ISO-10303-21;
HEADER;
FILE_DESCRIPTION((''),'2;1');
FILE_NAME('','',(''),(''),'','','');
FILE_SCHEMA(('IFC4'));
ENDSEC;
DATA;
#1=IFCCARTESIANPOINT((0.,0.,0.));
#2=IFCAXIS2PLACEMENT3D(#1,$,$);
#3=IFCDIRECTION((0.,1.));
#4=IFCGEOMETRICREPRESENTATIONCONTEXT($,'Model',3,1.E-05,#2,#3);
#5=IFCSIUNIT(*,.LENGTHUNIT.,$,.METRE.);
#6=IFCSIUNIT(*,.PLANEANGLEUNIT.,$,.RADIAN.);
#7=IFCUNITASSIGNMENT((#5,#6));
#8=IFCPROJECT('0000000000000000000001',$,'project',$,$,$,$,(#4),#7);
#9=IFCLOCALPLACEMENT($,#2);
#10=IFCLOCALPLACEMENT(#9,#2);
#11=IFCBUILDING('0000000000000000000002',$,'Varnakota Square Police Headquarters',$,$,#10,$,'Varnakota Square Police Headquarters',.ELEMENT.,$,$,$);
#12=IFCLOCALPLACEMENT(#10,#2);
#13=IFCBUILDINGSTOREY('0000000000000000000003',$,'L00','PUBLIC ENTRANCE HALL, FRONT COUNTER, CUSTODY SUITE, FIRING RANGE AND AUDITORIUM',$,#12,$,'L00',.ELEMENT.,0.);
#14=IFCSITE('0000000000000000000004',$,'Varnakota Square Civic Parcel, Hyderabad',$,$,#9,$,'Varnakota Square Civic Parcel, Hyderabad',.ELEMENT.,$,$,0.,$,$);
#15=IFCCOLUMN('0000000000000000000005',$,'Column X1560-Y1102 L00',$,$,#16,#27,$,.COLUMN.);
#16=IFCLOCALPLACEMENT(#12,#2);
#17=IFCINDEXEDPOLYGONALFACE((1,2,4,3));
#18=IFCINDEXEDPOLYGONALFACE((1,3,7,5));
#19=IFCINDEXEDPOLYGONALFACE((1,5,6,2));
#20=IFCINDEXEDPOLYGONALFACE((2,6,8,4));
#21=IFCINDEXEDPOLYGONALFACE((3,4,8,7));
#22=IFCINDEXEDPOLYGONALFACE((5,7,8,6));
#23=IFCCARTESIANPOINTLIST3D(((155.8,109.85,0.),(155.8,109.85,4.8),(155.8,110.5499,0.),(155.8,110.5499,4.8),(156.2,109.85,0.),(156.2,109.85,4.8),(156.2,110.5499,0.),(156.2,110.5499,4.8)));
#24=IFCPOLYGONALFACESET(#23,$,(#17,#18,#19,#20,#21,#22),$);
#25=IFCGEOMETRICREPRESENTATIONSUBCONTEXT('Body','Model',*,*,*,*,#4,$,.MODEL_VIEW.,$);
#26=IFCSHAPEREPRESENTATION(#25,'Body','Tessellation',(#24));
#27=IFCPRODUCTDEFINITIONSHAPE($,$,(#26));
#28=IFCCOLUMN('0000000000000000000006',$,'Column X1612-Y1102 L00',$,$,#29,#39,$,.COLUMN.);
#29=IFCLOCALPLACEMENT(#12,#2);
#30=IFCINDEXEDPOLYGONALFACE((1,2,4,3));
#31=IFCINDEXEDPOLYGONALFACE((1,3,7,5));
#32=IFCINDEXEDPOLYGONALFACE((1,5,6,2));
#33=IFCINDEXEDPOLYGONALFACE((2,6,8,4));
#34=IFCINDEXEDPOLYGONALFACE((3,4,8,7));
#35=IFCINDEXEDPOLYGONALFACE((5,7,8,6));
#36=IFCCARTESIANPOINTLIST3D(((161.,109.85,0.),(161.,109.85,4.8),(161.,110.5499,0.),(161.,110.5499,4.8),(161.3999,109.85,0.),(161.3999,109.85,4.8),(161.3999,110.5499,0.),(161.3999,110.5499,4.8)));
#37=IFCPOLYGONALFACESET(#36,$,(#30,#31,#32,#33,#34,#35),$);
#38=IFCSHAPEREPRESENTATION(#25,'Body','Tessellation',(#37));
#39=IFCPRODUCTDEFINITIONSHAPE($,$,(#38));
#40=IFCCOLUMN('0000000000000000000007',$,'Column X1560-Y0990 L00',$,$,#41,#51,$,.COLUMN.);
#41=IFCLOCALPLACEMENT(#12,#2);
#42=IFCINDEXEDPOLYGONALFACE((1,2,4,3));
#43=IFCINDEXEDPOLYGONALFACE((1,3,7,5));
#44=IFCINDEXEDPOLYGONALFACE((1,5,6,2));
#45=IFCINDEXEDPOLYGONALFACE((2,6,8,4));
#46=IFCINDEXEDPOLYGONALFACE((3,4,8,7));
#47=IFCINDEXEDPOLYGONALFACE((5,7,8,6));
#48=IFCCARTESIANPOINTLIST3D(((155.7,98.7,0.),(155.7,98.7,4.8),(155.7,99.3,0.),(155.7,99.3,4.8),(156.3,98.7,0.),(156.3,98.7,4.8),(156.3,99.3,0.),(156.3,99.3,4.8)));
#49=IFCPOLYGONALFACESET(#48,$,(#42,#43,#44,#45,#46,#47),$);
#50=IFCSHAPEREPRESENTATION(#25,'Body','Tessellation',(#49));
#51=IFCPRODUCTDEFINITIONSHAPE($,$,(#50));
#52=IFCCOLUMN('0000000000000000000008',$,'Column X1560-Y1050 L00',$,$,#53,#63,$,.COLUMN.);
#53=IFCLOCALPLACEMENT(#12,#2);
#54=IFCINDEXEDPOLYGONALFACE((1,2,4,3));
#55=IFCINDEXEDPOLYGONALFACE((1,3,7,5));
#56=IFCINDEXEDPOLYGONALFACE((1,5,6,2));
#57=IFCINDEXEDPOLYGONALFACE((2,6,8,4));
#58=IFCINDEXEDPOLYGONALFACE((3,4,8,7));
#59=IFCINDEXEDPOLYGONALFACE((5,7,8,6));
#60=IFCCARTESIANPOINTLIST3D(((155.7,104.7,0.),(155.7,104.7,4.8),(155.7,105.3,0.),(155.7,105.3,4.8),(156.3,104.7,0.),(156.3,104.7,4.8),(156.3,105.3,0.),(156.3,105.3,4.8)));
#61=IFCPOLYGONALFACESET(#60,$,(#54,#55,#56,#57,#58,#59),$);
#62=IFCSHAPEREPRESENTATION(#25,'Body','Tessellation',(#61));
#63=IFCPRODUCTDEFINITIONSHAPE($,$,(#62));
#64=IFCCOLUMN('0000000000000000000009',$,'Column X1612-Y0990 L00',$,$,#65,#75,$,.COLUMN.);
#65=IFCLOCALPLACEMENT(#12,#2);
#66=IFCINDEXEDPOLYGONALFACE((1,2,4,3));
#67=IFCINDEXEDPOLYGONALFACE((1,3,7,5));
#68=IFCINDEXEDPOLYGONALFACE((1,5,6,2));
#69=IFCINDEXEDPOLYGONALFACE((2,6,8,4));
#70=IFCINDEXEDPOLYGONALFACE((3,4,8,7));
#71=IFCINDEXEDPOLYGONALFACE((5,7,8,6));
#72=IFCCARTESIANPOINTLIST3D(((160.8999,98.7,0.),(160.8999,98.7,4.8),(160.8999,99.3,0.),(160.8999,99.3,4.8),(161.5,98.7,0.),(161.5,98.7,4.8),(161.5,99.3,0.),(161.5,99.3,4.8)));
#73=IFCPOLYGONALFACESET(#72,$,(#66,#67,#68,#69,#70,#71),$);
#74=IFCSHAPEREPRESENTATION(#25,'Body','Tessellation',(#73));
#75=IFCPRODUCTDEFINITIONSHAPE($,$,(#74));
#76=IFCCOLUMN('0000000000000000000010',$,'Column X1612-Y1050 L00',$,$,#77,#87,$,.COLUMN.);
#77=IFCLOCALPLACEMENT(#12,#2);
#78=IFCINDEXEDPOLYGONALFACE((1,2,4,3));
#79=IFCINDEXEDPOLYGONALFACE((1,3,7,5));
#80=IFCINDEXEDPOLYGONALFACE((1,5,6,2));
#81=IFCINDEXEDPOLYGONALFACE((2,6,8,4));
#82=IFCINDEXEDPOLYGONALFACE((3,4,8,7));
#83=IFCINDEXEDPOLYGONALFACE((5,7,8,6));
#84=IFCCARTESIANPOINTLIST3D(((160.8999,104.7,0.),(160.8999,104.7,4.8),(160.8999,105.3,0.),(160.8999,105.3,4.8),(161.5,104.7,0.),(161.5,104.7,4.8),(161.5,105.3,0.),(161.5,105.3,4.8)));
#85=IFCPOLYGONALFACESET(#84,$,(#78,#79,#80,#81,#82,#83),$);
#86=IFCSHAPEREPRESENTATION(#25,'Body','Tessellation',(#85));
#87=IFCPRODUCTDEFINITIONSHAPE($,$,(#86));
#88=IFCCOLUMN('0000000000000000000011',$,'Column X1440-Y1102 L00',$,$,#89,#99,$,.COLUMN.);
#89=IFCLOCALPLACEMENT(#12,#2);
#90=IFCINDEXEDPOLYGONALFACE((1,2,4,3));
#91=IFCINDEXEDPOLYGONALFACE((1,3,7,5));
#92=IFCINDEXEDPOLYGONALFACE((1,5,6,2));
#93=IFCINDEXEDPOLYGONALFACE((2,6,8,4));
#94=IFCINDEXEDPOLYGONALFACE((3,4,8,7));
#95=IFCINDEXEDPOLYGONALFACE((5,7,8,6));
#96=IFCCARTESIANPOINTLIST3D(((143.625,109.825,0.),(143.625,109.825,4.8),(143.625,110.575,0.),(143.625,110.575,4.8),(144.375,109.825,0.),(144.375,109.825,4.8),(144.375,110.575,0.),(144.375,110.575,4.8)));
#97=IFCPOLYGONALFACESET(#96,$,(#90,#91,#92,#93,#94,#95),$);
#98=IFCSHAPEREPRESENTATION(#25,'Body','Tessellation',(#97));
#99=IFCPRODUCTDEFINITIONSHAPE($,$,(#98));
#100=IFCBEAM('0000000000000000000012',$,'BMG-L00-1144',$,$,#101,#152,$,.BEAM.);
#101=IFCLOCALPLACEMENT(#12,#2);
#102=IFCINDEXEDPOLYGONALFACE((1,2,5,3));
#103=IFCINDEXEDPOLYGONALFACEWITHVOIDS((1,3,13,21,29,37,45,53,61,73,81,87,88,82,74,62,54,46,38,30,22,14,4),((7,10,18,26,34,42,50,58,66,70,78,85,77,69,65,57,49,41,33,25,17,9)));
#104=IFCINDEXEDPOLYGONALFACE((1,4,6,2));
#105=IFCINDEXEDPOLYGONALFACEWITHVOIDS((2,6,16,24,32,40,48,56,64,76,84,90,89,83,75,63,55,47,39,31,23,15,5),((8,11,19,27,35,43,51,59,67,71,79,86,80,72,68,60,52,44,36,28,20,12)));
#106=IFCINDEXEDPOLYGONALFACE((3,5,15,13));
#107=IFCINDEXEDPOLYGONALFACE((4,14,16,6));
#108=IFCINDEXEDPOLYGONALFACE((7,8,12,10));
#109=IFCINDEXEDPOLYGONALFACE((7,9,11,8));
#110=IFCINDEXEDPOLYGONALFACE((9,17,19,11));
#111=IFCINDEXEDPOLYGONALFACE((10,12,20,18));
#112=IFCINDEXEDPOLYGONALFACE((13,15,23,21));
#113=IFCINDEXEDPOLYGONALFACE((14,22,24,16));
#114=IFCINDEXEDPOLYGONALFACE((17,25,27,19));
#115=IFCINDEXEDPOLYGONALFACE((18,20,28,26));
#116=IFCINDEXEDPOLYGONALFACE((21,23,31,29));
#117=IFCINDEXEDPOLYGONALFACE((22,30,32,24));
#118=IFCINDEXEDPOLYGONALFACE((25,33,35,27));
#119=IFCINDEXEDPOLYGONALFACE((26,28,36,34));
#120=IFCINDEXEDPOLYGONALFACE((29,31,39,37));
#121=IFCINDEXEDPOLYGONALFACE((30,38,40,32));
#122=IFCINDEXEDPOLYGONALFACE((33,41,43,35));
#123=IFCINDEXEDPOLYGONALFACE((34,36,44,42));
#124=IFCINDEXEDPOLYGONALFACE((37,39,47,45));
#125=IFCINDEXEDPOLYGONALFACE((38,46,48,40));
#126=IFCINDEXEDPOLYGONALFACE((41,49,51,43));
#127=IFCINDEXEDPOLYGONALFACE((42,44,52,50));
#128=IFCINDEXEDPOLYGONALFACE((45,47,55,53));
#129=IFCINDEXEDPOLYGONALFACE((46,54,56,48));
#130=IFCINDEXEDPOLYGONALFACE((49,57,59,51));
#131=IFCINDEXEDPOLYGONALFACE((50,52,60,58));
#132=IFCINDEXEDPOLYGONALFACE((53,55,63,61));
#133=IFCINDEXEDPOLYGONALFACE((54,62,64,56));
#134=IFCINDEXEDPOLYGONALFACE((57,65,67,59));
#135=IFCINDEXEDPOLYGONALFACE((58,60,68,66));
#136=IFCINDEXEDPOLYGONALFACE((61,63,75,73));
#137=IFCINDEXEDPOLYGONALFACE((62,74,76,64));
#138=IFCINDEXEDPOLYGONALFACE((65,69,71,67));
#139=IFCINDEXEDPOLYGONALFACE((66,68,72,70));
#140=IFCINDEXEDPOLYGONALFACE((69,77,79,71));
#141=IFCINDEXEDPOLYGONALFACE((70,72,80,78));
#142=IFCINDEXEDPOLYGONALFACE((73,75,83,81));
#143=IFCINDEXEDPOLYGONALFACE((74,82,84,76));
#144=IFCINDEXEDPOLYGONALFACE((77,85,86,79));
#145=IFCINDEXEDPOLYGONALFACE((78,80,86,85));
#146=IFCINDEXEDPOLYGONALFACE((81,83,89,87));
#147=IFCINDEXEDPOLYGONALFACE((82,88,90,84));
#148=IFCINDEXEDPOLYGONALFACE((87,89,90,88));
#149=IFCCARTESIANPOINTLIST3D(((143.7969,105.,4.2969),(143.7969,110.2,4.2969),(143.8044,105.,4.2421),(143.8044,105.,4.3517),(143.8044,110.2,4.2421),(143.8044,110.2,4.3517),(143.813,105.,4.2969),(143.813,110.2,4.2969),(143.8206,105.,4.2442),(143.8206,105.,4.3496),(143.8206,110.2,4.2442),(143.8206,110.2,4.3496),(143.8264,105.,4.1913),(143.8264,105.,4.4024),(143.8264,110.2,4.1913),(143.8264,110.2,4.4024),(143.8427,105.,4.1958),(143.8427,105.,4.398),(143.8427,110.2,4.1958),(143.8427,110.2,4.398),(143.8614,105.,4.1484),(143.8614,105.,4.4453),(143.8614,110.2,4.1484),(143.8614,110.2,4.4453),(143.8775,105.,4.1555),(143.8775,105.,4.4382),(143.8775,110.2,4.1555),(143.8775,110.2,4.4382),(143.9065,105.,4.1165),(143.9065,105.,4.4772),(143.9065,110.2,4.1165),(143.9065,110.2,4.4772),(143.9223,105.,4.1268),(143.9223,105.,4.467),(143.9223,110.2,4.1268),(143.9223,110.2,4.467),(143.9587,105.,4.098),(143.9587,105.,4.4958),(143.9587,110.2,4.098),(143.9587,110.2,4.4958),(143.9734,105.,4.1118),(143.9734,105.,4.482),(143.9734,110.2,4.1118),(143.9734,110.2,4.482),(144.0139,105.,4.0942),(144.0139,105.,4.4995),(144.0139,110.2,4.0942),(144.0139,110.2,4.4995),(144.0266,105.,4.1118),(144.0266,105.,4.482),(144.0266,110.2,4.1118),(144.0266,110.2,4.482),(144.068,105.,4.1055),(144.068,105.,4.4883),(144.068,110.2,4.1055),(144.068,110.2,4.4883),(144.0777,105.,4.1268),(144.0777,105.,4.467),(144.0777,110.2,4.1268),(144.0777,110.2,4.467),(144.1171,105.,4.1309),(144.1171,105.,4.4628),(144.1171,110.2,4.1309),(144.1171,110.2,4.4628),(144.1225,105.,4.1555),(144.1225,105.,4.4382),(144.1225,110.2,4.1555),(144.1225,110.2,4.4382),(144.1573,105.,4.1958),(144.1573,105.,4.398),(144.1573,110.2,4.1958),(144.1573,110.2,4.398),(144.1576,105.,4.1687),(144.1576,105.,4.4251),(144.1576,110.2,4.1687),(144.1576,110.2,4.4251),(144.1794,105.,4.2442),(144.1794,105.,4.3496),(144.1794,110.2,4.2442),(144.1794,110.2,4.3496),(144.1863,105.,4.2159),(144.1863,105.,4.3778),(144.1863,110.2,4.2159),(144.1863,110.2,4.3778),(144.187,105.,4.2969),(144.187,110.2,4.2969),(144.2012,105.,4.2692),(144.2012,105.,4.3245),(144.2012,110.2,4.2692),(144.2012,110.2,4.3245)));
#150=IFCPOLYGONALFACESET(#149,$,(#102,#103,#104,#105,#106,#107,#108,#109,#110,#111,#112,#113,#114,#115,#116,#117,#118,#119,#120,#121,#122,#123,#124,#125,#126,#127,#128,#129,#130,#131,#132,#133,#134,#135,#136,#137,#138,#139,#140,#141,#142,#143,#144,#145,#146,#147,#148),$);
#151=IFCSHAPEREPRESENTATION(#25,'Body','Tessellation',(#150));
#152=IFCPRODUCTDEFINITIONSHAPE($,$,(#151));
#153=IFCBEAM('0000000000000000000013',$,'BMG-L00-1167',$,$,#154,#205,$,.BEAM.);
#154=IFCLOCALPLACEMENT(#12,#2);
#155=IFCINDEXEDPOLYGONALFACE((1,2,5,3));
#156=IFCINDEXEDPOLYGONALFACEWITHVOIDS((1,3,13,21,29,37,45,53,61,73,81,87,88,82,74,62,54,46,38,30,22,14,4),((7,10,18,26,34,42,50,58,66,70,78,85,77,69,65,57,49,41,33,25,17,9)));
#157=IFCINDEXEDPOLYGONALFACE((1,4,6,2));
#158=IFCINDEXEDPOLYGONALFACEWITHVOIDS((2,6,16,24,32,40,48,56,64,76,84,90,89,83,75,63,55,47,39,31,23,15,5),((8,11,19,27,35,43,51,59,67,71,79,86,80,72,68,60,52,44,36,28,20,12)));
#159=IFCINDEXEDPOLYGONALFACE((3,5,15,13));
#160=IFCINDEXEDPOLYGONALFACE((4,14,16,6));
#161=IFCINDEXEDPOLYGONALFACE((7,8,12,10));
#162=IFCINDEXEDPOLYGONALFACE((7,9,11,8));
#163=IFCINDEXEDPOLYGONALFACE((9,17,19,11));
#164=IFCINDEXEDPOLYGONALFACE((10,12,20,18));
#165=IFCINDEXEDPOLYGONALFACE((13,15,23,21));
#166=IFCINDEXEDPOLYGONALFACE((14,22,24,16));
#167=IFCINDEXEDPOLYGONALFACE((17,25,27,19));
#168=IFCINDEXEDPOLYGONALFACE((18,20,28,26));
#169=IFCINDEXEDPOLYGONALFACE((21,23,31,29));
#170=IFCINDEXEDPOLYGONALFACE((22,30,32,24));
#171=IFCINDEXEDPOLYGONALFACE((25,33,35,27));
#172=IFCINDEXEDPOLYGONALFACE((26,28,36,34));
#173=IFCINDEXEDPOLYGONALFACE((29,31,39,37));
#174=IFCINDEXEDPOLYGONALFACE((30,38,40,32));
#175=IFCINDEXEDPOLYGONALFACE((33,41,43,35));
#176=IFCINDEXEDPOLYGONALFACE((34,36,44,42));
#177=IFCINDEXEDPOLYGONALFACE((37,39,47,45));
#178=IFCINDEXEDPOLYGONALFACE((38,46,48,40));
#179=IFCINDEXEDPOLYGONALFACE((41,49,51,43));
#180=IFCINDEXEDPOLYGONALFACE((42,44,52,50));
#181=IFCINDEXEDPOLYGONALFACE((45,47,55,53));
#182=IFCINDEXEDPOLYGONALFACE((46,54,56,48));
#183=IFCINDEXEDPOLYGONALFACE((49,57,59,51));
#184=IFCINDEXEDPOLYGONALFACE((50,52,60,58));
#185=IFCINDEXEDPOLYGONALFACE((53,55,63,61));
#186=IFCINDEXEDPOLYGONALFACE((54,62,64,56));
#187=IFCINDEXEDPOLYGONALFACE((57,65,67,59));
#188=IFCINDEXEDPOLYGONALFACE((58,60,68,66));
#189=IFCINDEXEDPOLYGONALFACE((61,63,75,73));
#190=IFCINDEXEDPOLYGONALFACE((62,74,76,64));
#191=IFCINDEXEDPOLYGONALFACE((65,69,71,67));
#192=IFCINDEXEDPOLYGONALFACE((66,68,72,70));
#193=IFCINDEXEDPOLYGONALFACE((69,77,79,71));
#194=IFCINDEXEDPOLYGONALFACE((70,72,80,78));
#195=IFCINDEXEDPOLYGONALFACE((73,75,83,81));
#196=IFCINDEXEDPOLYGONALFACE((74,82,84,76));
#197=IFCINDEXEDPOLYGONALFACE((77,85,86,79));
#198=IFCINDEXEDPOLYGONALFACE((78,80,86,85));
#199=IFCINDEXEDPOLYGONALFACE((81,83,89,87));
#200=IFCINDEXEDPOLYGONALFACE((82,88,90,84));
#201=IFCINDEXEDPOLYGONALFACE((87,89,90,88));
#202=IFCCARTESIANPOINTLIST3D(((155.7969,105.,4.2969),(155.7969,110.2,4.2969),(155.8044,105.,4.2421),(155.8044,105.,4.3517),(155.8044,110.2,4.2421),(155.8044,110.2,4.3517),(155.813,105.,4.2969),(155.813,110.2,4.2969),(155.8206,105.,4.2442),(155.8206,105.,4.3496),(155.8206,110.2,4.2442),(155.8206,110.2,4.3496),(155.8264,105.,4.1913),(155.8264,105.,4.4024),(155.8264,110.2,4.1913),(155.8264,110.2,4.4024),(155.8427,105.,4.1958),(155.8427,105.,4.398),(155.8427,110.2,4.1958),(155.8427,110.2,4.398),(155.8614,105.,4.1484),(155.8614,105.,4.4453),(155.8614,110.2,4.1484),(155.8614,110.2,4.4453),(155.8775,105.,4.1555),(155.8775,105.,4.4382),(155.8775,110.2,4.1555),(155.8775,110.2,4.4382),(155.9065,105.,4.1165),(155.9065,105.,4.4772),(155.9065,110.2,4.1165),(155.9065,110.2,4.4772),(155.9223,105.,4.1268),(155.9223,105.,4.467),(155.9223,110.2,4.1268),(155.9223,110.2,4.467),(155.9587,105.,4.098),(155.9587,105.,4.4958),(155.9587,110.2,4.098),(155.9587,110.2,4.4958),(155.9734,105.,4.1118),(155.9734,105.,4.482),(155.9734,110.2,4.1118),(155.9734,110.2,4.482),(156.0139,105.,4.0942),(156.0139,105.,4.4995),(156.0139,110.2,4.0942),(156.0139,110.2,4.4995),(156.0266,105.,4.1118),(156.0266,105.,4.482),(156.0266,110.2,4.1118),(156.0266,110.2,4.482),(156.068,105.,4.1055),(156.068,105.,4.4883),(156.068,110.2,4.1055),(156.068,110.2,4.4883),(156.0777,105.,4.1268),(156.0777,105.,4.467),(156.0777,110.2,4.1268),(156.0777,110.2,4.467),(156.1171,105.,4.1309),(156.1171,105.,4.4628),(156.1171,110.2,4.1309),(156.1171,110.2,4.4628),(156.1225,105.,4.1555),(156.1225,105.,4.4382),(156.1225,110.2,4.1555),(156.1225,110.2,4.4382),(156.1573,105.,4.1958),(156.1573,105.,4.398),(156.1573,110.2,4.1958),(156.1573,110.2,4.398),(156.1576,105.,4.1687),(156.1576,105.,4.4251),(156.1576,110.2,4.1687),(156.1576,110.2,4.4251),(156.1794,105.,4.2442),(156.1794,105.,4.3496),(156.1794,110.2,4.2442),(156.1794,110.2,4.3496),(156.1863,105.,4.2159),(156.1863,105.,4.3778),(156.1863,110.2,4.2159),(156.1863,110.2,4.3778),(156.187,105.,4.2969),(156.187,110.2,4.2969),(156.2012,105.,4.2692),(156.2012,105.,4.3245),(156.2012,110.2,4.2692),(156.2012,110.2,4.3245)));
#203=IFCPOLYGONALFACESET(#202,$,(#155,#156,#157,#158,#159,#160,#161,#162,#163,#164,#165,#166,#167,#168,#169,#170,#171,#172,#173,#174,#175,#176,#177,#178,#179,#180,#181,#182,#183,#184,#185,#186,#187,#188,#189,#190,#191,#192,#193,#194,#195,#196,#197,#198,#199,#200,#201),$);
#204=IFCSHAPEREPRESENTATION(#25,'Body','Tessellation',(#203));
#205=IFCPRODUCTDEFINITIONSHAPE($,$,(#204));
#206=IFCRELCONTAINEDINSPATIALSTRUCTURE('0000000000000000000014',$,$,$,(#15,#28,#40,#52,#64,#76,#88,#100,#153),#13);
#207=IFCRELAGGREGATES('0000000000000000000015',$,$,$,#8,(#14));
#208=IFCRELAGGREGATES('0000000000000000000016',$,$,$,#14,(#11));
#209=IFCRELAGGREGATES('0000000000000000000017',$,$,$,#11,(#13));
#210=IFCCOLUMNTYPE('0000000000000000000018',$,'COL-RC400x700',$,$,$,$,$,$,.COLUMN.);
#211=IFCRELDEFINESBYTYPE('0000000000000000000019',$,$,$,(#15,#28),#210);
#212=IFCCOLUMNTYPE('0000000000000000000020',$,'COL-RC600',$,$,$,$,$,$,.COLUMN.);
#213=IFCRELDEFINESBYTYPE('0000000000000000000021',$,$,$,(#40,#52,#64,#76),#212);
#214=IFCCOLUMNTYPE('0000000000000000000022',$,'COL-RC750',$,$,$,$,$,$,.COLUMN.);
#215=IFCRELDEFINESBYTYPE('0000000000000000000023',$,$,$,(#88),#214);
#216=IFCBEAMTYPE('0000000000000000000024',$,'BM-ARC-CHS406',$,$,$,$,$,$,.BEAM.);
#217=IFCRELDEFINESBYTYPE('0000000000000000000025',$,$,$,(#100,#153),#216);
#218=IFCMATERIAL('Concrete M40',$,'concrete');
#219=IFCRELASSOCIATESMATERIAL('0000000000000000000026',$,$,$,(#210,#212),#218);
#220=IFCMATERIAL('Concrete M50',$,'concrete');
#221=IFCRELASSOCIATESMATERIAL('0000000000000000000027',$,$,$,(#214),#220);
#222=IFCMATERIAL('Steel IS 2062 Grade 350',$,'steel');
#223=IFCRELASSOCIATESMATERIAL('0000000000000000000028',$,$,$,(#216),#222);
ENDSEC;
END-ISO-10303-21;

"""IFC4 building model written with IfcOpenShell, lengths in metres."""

from ifc_helpers import new_model, si_unit, direction, frame, origin, origin_2d, place, context, subcontext, project, spatial, rectangle, hollow_circle, extrude, material, material_profile, profile_set, type_object, element, save


model = new_model("IFC4")

# Units and contexts
model_context = context("Model", 3, precision=1e-05, world=origin(), true_north=direction((0.0, 1.0)))
body_context = subcontext(model_context, "Body", "Model", "MODEL_VIEW")
ifc_project = project(units=[si_unit("LENGTHUNIT", "METRE"), si_unit("PLANEANGLEUNIT", "RADIAN")], contexts=[model_context])

# Site, building, storey
site_placement = place(None, origin())
site = spatial("IfcSite", under=ifc_project, at=site_placement, Name="Varnakota Square Civic Parcel, Hyderabad", LongName="Varnakota Square Civic Parcel, Hyderabad", CompositionType="ELEMENT", RefElevation=0.0)
building_placement = place(site_placement, origin())
building = spatial("IfcBuilding", under=site, at=building_placement, Name="Varnakota Square Police Headquarters", LongName="Varnakota Square Police Headquarters", CompositionType="ELEMENT")
storey_placement = place(building_placement, origin())
storey = spatial("IfcBuildingStorey", under=building, at=storey_placement, Name="L00", Description="PUBLIC ENTRANCE HALL, FRONT COUNTER, CUSTODY SUITE, FIRING RANGE AND AUDITORIUM", LongName="L00", CompositionType="ELEMENT", Elevation=0.0)

# Columns
ifc_material_1 = material(Name="Concrete M40", Category="concrete")
ifc_material_profile_1 = material_profile(ifc_material_1, rectangle(XDim=0.3999, YDim=0.7, at=origin_2d()), Name="RC 400x700")
ifc_profile_set_1 = profile_set([ifc_material_profile_1], Name="Concrete M40")
column_type_1 = type_object("IfcColumnType", Name="COL-RC400x700", PredefinedType="COLUMN", material=ifc_profile_set_1)
for number, where, z_axis, x_axis, name in (
    (1, (156.0, 110.2, 0.0), (0.0, 0.0, 1.0), (1.0, 0.0, 0.0), "Column X1560-Y1102 L00"),
    (2, (161.2, 110.2, 0.0), (0.0, 0.0, 1.0), (1.0, 0.0, 0.0), "Column X1612-Y1102 L00"),
):
    element("IfcColumn", number, at=place(storey_placement, frame(where, z_axis=z_axis, x_axis=x_axis)), inside=storey, type_object=column_type_1, Name=name, PredefinedType="COLUMN", context=body_context, shape_type="SweptSolid", body=[
        extrude(rectangle(XDim=0.3999, YDim=0.7, at=origin_2d()), origin(), (0.0, 0.0, 1.0), 4.8),
    ])
ifc_material_profile_2 = material_profile(ifc_material_1, rectangle(XDim=0.6001, YDim=0.6001, at=origin_2d()), Name="RC 600x600")
ifc_profile_set_2 = profile_set([ifc_material_profile_2], Name="Concrete M40")
column_type_2 = type_object("IfcColumnType", Name="COL-RC600", PredefinedType="COLUMN", material=ifc_profile_set_2)
for number, where, z_axis, x_axis, name in (
    (3, (156.0, 99.0, 0.0), (0.0, 0.0, 1.0), (1.0, 0.0, 0.0), "Column X1560-Y0990 L00"),
    (4, (156.0, 105.0, 0.0), (0.0, 0.0, 1.0), (1.0, 0.0, 0.0), "Column X1560-Y1050 L00"),
    (5, (161.2, 99.0, 0.0), (0.0, 0.0, 1.0), (1.0, 0.0, 0.0), "Column X1612-Y0990 L00"),
    (6, (161.2, 105.0, 0.0), (0.0, 0.0, 1.0), (1.0, 0.0, 0.0), "Column X1612-Y1050 L00"),
):
    element("IfcColumn", number, at=place(storey_placement, frame(where, z_axis=z_axis, x_axis=x_axis)), inside=storey, type_object=column_type_2, Name=name, PredefinedType="COLUMN", context=body_context, shape_type="SweptSolid", body=[
        extrude(rectangle(XDim=0.6001, YDim=0.6001, at=origin_2d()), origin(), (0.0, 0.0, 1.0), 4.8),
    ])
ifc_material_2 = material(Name="Concrete M50", Category="concrete")
ifc_material_profile_3 = material_profile(ifc_material_2, rectangle(XDim=0.75, YDim=0.75, at=origin_2d()), Name="RC 750x750")
ifc_profile_set_3 = profile_set([ifc_material_profile_3], Name="Concrete M50")
column_type_3 = type_object("IfcColumnType", Name="COL-RC750", PredefinedType="COLUMN", material=ifc_profile_set_3)
column_placement = place(storey_placement, frame((144.0, 110.2, 0.0), z_axis=(0.0, 0.0, 1.0), x_axis=(1.0, 0.0, 0.0)))
element("IfcColumn", 7, at=column_placement, inside=storey, type_object=column_type_3, Name="Column X1440-Y1102 L00", PredefinedType="COLUMN", context=body_context, shape_type="SweptSolid", body=[
    extrude(rectangle(XDim=0.75, YDim=0.75, at=origin_2d()), origin(), (0.0, 0.0, 1.0), 4.8),
])

# Beams
ifc_material_3 = material(Name="Steel IS 2062 Grade 350", Category="steel")
ifc_material_profile_4 = material_profile(ifc_material_3, hollow_circle(Radius=0.2031, WallThickness=0.0161, at=origin_2d()), Name="CHS 406.4x16.0")
ifc_profile_set_4 = profile_set([ifc_material_profile_4], Name="Steel IS 2062 Grade 350")
beam_type_1 = type_object("IfcBeamType", Name="BM-ARC-CHS406", PredefinedType="BEAM", material=ifc_profile_set_4)
for number, where, z_axis, x_axis, name in (
    (8, (144.0, 105.0, 4.2969), (0.0, 1.0, 0.0), (-1.0, 0.0, 0.0), "BMG-L00-1144"),
    (9, (156.0, 105.0, 4.2969), (0.0, 1.0, 0.0), (-1.0, 0.0, 0.0), "BMG-L00-1167"),
):
    element("IfcBeam", number, at=place(storey_placement, frame(where, z_axis=z_axis, x_axis=x_axis)), inside=storey, type_object=beam_type_1, Name=name, PredefinedType="BEAM", context=body_context, shape_type="SweptSolid", body=[
        extrude(hollow_circle(Radius=0.2031, WallThickness=0.0161, at=origin_2d()), origin(), (0.0, 0.0, 1.0), 5.2),
    ])

save(model, "model.ifc")
